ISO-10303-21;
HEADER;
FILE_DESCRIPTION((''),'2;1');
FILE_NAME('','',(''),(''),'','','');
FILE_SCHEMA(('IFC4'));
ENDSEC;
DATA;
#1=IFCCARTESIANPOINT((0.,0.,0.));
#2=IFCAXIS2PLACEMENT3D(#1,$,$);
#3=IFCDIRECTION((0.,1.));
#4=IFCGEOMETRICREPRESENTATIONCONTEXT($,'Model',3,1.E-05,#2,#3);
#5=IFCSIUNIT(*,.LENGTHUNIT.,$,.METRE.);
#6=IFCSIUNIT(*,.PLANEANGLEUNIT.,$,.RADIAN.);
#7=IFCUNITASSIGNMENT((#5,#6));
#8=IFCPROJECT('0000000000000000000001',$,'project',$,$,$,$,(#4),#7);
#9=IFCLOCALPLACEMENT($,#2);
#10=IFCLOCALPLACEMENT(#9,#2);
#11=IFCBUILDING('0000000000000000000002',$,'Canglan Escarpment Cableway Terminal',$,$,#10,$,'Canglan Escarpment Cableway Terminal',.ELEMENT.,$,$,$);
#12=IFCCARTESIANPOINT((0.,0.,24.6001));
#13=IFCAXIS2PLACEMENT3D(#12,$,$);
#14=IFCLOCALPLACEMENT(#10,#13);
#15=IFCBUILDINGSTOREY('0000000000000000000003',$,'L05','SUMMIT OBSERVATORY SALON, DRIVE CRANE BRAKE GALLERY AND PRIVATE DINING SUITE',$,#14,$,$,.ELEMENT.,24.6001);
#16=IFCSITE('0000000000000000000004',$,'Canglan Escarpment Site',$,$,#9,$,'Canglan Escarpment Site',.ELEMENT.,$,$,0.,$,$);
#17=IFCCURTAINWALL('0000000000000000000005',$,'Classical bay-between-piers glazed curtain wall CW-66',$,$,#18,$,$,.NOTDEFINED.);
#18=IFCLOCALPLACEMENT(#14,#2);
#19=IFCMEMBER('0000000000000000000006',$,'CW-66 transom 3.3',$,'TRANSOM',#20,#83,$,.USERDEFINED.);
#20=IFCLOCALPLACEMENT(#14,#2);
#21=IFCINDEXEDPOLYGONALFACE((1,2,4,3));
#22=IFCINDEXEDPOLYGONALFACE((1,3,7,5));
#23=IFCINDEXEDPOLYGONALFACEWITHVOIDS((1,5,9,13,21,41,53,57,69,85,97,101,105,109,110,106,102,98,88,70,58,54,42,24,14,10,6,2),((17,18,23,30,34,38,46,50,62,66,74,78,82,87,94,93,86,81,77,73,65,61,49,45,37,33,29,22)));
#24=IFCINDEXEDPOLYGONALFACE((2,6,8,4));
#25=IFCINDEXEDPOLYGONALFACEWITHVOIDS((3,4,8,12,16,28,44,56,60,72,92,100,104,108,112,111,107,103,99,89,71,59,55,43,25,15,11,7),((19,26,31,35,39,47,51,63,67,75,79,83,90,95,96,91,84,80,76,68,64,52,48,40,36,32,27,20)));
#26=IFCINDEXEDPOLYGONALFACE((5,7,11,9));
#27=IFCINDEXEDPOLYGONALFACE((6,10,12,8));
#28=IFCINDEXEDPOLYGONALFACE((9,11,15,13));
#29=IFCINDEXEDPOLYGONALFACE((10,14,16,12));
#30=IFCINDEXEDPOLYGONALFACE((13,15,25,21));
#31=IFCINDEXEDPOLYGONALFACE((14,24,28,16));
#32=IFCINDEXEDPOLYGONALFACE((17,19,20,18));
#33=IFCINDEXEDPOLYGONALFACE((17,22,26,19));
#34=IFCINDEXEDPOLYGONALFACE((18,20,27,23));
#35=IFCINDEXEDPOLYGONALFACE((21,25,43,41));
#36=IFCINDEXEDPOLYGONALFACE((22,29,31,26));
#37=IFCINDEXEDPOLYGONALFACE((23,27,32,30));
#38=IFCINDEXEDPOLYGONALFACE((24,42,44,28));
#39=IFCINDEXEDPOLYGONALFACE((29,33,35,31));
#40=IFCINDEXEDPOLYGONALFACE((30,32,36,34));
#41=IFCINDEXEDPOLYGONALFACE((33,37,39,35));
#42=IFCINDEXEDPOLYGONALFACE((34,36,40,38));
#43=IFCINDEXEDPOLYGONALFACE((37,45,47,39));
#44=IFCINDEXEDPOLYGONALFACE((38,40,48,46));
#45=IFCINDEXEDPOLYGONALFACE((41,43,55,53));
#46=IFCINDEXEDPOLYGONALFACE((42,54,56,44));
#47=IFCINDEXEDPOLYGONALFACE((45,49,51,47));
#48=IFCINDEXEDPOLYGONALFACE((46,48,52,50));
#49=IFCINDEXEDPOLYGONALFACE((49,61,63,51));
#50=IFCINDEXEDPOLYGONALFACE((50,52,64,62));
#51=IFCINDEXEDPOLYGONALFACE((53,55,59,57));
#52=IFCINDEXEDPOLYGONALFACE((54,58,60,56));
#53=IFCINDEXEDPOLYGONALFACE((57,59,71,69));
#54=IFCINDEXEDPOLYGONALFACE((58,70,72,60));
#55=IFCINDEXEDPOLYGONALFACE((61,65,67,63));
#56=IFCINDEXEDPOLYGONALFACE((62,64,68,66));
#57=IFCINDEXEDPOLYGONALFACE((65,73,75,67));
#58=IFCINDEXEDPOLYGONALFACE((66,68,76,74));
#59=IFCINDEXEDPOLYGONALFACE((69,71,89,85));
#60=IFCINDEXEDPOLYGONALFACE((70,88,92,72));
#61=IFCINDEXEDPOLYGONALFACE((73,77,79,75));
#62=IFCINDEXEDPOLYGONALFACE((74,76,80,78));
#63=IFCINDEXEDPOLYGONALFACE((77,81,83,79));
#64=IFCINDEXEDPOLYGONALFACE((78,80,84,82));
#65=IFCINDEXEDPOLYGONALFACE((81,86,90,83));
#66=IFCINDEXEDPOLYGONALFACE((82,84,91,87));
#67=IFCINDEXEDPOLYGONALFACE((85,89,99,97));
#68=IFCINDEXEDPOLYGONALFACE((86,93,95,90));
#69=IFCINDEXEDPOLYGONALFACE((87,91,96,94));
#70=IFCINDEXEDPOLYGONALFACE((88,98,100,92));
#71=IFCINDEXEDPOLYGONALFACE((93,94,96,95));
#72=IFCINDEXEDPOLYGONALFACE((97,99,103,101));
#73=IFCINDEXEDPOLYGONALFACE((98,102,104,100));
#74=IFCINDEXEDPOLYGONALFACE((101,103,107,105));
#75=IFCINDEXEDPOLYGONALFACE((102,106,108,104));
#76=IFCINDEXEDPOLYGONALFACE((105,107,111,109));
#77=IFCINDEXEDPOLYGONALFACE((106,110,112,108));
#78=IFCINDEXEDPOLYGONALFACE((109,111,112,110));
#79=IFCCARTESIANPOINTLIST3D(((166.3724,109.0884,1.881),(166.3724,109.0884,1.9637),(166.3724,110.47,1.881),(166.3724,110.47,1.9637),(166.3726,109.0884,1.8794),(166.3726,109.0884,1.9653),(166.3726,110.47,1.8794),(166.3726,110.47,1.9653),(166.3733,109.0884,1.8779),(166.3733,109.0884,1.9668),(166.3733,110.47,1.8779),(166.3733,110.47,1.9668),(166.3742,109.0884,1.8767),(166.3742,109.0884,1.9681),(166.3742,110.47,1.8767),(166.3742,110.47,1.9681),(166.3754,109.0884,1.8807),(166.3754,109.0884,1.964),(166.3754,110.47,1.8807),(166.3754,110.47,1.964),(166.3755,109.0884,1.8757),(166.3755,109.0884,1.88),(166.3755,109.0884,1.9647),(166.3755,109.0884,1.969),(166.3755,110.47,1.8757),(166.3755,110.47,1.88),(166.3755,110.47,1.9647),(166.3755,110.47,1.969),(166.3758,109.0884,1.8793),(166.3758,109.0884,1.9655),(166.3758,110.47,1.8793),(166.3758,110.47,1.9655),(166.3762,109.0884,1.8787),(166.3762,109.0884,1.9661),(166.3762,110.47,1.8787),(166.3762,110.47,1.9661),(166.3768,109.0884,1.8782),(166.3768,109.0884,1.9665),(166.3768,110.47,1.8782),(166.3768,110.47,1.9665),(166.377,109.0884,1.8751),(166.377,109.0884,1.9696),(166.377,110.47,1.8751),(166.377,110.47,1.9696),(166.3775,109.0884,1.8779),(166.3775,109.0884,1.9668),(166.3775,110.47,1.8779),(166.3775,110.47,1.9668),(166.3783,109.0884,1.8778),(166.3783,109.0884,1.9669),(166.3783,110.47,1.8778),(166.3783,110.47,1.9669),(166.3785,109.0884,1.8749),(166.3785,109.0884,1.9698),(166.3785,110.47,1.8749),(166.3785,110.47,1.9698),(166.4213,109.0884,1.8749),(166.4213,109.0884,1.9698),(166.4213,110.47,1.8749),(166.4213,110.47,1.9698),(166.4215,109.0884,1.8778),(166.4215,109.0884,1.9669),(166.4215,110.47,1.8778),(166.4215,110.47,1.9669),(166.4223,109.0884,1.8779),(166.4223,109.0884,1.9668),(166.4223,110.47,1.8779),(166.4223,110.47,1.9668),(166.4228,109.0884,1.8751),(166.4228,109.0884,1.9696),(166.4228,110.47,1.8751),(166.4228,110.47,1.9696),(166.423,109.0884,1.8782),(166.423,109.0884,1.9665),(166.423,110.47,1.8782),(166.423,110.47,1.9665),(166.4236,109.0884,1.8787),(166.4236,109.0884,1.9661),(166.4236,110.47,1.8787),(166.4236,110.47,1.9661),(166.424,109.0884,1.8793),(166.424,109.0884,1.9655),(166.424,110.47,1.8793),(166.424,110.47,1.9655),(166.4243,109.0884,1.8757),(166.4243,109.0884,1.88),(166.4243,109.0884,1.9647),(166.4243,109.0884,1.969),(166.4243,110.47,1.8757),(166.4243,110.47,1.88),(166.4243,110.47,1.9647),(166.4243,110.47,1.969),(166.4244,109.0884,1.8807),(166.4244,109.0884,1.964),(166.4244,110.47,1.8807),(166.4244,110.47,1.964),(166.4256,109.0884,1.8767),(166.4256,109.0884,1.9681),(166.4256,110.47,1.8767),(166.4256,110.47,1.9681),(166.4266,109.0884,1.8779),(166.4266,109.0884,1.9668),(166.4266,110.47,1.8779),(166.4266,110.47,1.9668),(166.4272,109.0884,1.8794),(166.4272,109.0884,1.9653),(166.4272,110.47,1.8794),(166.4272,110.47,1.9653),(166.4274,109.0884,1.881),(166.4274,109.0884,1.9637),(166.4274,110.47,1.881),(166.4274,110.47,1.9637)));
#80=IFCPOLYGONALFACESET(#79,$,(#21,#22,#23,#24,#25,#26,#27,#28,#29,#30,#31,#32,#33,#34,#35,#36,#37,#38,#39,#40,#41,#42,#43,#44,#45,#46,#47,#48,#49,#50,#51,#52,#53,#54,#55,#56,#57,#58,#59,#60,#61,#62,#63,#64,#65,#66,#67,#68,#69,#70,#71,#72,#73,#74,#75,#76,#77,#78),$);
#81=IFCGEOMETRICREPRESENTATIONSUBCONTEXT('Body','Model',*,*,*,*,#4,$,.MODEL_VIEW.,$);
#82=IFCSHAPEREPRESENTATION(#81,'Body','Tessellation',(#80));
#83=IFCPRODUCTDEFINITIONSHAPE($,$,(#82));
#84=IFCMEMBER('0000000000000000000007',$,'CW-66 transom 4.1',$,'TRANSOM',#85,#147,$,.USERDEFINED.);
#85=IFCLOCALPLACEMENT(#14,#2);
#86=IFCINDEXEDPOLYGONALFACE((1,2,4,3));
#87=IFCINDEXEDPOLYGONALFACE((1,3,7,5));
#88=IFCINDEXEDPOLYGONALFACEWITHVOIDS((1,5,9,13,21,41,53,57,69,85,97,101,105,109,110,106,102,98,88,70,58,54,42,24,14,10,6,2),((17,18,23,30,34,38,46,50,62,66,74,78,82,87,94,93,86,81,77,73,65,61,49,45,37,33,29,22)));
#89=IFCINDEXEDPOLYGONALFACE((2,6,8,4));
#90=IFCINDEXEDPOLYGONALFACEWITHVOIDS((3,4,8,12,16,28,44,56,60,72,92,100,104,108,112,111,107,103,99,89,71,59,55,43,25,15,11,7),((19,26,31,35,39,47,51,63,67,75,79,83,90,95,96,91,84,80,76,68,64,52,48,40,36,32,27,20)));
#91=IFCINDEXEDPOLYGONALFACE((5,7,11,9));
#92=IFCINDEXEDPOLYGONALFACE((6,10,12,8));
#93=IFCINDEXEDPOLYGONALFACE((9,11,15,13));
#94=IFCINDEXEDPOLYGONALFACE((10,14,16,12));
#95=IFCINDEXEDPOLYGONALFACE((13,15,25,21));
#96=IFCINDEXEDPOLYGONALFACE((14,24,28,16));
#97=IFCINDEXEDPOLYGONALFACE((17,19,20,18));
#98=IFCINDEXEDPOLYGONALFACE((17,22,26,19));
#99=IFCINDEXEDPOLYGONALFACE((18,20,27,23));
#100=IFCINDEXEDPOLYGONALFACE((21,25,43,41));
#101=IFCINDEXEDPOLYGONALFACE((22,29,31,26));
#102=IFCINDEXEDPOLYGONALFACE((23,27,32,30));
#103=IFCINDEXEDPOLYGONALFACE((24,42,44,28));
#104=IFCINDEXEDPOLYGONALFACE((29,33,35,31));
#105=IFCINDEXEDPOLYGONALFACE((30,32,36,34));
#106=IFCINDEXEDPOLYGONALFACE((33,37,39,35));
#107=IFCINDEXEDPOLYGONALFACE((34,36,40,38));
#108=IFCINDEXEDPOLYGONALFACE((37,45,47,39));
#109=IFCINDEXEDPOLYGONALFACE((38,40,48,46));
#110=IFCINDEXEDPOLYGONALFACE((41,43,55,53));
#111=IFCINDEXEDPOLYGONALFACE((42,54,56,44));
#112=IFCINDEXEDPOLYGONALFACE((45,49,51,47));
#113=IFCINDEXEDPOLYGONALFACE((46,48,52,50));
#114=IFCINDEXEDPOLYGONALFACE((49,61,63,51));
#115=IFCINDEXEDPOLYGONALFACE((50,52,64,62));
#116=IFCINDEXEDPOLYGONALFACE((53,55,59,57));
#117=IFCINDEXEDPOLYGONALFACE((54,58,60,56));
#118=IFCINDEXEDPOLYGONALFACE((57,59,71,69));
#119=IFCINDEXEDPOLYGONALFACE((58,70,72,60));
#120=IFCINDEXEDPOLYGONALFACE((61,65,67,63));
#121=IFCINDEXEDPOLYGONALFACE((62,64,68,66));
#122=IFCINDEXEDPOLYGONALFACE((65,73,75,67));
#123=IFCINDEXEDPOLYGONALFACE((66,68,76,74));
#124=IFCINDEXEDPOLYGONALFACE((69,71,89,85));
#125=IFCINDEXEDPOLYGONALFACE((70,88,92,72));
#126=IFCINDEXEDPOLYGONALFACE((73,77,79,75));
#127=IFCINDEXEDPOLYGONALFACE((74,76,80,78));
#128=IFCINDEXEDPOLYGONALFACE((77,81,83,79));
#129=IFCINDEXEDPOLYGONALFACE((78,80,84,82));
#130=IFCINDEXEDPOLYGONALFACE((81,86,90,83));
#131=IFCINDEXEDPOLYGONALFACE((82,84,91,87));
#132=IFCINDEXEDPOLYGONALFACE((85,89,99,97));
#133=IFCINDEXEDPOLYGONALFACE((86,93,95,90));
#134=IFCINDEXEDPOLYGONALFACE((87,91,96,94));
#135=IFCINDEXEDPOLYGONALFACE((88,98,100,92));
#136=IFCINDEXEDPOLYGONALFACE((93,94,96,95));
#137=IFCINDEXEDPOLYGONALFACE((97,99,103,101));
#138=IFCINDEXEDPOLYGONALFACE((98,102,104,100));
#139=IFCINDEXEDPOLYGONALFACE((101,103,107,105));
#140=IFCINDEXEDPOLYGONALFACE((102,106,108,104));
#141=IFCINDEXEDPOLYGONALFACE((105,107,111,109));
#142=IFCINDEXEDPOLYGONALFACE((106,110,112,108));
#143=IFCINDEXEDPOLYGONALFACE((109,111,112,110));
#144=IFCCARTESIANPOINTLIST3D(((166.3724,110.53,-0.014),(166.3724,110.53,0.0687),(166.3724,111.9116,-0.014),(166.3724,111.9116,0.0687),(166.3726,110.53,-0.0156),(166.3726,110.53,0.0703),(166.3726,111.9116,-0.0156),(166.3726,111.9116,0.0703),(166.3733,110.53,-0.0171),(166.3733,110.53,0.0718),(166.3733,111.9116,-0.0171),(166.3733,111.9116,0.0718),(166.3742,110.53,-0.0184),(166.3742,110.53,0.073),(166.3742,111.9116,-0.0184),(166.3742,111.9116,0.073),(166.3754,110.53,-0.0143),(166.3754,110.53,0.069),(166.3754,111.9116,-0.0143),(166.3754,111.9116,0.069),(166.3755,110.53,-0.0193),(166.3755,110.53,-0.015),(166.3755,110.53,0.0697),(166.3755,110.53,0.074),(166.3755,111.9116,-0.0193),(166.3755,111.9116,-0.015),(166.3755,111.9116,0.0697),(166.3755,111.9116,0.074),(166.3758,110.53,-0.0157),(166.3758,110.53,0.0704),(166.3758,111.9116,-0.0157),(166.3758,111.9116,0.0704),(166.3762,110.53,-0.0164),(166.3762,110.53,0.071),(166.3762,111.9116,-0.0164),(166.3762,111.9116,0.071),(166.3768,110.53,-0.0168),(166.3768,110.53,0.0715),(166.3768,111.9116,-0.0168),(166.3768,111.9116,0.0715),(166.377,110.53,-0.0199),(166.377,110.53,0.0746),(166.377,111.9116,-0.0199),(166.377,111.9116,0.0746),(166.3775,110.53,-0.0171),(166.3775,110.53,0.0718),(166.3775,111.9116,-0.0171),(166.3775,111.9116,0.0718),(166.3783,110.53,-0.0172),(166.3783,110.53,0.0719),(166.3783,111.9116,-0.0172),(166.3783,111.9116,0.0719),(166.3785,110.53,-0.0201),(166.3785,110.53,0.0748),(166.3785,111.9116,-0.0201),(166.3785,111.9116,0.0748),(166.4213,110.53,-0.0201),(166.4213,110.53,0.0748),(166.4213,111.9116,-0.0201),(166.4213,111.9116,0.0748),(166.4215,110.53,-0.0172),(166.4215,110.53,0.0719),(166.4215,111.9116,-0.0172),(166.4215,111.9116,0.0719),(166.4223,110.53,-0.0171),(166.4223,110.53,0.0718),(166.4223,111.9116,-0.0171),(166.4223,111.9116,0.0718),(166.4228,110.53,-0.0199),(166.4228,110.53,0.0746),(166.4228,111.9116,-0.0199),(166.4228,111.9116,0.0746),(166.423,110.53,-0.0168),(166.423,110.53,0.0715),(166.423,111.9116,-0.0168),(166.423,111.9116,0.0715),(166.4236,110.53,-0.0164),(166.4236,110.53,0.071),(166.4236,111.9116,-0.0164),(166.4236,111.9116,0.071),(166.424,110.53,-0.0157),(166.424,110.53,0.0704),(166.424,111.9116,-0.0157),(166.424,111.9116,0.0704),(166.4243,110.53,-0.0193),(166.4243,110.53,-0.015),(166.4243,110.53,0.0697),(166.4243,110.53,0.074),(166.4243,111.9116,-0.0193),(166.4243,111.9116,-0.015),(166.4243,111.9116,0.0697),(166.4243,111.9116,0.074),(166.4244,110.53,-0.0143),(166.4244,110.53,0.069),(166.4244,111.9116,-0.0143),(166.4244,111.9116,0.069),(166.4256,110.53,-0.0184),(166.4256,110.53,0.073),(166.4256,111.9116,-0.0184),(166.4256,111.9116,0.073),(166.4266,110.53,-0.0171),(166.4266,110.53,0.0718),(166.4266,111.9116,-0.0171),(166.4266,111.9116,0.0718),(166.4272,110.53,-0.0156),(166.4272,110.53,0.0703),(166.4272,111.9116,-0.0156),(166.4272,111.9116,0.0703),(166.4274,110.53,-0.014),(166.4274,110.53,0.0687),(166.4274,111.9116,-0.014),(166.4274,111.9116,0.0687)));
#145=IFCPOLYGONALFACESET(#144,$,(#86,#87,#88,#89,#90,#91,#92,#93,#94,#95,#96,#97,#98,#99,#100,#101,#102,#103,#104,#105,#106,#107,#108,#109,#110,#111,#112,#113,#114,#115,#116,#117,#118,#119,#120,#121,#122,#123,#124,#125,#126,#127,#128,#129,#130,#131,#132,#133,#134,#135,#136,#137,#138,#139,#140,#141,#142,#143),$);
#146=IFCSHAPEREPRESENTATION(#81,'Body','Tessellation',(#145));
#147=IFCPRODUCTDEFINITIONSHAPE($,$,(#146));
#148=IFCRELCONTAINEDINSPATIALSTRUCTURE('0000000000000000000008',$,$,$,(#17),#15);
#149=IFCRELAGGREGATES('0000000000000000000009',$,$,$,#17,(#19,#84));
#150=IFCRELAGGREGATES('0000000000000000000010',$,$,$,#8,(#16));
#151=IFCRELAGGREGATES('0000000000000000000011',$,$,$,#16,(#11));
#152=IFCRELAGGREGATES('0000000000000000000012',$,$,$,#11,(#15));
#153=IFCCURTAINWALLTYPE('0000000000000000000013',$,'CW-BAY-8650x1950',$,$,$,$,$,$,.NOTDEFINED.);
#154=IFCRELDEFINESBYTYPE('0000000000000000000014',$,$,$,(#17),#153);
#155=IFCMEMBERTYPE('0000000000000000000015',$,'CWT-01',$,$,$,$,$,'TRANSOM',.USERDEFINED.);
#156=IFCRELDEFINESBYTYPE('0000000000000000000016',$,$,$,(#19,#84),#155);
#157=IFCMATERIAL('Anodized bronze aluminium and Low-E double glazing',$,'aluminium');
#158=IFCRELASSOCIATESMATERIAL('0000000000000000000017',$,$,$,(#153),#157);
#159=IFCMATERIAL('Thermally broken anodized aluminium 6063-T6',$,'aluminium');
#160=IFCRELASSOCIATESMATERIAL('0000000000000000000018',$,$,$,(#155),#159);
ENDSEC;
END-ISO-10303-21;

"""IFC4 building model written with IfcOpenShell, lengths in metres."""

from ifc_helpers import new_model, si_unit, direction, frame, origin, origin_2d, place, context, subcontext, project, spatial, hollow_rectangle, extrude, material, material_profile, profile_set, type_object, element, aggregate, save


model = new_model("IFC4")

# Units and contexts
model_context = context("Model", 3, precision=1e-05, world=origin(), true_north=direction((0.0, 1.0)))
body_context = subcontext(model_context, "Body", "Model", "MODEL_VIEW")
ifc_project = project(units=[si_unit("LENGTHUNIT", "METRE"), si_unit("PLANEANGLEUNIT", "RADIAN")], contexts=[model_context])

# Site, building, storey
site_placement = place(None, origin())
site = spatial("IfcSite", under=ifc_project, at=site_placement, Name="Canglan Escarpment Site", LongName="Canglan Escarpment Site", CompositionType="ELEMENT", RefElevation=0.0)
building_placement = place(site_placement, origin())
building = spatial("IfcBuilding", under=site, at=building_placement, Name="Canglan Escarpment Cableway Terminal", LongName="Canglan Escarpment Cableway Terminal", CompositionType="ELEMENT")
storey_placement = place(building_placement, frame((0.0, 0.0, 24.6001)))
storey = spatial("IfcBuildingStorey", under=building, at=storey_placement, Name="L05", Description="SUMMIT OBSERVATORY SALON, DRIVE CRANE BRAKE GALLERY AND PRIVATE DINING SUITE", CompositionType="ELEMENT", Elevation=24.6001)

# Curtain wall
ifc_material_1 = material(Name="Anodized bronze aluminium and Low-E double glazing", Category="aluminium")
curtain_wall_type = type_object("IfcCurtainWallType", Name="CW-BAY-8650x1950", PredefinedType="NOTDEFINED", material=ifc_material_1)
curtain_wall_1_placement = place(storey_placement, origin())
curtain_wall_1 = element("IfcCurtainWall", 1, at=curtain_wall_1_placement, inside=storey, type_object=curtain_wall_type, Name="Classical bay-between-piers glazed curtain wall CW-66", PredefinedType="NOTDEFINED")
ifc_material_2 = material(Name="Thermally broken anodized aluminium 6063-T6", Category="aluminium")

# Members
ifc_material_profile_1 = material_profile(ifc_material_2, hollow_rectangle(XDim=0.0549, YDim=0.095, WallThickness=0.0029, InnerFilletRadius=0.0029, OuterFilletRadius=0.0061, at=origin_2d()), Name="ALU-TRAN 55x95x3")
ifc_profile_set_1 = profile_set([ifc_material_profile_1], Name="Thermally broken anodized aluminium 6063-T6")
member_type_1 = type_object("IfcMemberType", Name="CWT-01", ElementType="TRANSOM", PredefinedType="USERDEFINED", material=ifc_profile_set_1)
member_1_placement = place(storey_placement, frame((166.3999, 109.0884, 1.9224), z_axis=(0.0, 1.0, 0.0), x_axis=(-1.0, 0.0, 0.0)))
member_1 = element("IfcMember", 2, at=member_1_placement, type_object=member_type_1, Name="CW-66 transom 3.3", ObjectType="TRANSOM", PredefinedType="USERDEFINED", context=body_context, shape_type="SweptSolid", body=[
    extrude(hollow_rectangle(XDim=0.0549, YDim=0.095, WallThickness=0.0029, InnerFilletRadius=0.0029, OuterFilletRadius=0.0061, at=origin_2d()), origin(), (0.0, 0.0, 1.0), 1.3816),
])
member_2_placement = place(storey_placement, frame((166.3999, 110.53, 0.0273), z_axis=(0.0, 1.0, 0.0), x_axis=(-1.0, 0.0, 0.0)))
member_2 = element("IfcMember", 3, at=member_2_placement, type_object=member_type_1, Name="CW-66 transom 4.1", ObjectType="TRANSOM", PredefinedType="USERDEFINED", context=body_context, shape_type="SweptSolid", body=[
    extrude(hollow_rectangle(XDim=0.0549, YDim=0.095, WallThickness=0.0029, InnerFilletRadius=0.0029, OuterFilletRadius=0.0061, at=origin_2d()), origin(), (0.0, 0.0, 1.0), 1.3816),
])

aggregate(curtain_wall_1, [member_1, member_2])

save(model, "model.ifc")
